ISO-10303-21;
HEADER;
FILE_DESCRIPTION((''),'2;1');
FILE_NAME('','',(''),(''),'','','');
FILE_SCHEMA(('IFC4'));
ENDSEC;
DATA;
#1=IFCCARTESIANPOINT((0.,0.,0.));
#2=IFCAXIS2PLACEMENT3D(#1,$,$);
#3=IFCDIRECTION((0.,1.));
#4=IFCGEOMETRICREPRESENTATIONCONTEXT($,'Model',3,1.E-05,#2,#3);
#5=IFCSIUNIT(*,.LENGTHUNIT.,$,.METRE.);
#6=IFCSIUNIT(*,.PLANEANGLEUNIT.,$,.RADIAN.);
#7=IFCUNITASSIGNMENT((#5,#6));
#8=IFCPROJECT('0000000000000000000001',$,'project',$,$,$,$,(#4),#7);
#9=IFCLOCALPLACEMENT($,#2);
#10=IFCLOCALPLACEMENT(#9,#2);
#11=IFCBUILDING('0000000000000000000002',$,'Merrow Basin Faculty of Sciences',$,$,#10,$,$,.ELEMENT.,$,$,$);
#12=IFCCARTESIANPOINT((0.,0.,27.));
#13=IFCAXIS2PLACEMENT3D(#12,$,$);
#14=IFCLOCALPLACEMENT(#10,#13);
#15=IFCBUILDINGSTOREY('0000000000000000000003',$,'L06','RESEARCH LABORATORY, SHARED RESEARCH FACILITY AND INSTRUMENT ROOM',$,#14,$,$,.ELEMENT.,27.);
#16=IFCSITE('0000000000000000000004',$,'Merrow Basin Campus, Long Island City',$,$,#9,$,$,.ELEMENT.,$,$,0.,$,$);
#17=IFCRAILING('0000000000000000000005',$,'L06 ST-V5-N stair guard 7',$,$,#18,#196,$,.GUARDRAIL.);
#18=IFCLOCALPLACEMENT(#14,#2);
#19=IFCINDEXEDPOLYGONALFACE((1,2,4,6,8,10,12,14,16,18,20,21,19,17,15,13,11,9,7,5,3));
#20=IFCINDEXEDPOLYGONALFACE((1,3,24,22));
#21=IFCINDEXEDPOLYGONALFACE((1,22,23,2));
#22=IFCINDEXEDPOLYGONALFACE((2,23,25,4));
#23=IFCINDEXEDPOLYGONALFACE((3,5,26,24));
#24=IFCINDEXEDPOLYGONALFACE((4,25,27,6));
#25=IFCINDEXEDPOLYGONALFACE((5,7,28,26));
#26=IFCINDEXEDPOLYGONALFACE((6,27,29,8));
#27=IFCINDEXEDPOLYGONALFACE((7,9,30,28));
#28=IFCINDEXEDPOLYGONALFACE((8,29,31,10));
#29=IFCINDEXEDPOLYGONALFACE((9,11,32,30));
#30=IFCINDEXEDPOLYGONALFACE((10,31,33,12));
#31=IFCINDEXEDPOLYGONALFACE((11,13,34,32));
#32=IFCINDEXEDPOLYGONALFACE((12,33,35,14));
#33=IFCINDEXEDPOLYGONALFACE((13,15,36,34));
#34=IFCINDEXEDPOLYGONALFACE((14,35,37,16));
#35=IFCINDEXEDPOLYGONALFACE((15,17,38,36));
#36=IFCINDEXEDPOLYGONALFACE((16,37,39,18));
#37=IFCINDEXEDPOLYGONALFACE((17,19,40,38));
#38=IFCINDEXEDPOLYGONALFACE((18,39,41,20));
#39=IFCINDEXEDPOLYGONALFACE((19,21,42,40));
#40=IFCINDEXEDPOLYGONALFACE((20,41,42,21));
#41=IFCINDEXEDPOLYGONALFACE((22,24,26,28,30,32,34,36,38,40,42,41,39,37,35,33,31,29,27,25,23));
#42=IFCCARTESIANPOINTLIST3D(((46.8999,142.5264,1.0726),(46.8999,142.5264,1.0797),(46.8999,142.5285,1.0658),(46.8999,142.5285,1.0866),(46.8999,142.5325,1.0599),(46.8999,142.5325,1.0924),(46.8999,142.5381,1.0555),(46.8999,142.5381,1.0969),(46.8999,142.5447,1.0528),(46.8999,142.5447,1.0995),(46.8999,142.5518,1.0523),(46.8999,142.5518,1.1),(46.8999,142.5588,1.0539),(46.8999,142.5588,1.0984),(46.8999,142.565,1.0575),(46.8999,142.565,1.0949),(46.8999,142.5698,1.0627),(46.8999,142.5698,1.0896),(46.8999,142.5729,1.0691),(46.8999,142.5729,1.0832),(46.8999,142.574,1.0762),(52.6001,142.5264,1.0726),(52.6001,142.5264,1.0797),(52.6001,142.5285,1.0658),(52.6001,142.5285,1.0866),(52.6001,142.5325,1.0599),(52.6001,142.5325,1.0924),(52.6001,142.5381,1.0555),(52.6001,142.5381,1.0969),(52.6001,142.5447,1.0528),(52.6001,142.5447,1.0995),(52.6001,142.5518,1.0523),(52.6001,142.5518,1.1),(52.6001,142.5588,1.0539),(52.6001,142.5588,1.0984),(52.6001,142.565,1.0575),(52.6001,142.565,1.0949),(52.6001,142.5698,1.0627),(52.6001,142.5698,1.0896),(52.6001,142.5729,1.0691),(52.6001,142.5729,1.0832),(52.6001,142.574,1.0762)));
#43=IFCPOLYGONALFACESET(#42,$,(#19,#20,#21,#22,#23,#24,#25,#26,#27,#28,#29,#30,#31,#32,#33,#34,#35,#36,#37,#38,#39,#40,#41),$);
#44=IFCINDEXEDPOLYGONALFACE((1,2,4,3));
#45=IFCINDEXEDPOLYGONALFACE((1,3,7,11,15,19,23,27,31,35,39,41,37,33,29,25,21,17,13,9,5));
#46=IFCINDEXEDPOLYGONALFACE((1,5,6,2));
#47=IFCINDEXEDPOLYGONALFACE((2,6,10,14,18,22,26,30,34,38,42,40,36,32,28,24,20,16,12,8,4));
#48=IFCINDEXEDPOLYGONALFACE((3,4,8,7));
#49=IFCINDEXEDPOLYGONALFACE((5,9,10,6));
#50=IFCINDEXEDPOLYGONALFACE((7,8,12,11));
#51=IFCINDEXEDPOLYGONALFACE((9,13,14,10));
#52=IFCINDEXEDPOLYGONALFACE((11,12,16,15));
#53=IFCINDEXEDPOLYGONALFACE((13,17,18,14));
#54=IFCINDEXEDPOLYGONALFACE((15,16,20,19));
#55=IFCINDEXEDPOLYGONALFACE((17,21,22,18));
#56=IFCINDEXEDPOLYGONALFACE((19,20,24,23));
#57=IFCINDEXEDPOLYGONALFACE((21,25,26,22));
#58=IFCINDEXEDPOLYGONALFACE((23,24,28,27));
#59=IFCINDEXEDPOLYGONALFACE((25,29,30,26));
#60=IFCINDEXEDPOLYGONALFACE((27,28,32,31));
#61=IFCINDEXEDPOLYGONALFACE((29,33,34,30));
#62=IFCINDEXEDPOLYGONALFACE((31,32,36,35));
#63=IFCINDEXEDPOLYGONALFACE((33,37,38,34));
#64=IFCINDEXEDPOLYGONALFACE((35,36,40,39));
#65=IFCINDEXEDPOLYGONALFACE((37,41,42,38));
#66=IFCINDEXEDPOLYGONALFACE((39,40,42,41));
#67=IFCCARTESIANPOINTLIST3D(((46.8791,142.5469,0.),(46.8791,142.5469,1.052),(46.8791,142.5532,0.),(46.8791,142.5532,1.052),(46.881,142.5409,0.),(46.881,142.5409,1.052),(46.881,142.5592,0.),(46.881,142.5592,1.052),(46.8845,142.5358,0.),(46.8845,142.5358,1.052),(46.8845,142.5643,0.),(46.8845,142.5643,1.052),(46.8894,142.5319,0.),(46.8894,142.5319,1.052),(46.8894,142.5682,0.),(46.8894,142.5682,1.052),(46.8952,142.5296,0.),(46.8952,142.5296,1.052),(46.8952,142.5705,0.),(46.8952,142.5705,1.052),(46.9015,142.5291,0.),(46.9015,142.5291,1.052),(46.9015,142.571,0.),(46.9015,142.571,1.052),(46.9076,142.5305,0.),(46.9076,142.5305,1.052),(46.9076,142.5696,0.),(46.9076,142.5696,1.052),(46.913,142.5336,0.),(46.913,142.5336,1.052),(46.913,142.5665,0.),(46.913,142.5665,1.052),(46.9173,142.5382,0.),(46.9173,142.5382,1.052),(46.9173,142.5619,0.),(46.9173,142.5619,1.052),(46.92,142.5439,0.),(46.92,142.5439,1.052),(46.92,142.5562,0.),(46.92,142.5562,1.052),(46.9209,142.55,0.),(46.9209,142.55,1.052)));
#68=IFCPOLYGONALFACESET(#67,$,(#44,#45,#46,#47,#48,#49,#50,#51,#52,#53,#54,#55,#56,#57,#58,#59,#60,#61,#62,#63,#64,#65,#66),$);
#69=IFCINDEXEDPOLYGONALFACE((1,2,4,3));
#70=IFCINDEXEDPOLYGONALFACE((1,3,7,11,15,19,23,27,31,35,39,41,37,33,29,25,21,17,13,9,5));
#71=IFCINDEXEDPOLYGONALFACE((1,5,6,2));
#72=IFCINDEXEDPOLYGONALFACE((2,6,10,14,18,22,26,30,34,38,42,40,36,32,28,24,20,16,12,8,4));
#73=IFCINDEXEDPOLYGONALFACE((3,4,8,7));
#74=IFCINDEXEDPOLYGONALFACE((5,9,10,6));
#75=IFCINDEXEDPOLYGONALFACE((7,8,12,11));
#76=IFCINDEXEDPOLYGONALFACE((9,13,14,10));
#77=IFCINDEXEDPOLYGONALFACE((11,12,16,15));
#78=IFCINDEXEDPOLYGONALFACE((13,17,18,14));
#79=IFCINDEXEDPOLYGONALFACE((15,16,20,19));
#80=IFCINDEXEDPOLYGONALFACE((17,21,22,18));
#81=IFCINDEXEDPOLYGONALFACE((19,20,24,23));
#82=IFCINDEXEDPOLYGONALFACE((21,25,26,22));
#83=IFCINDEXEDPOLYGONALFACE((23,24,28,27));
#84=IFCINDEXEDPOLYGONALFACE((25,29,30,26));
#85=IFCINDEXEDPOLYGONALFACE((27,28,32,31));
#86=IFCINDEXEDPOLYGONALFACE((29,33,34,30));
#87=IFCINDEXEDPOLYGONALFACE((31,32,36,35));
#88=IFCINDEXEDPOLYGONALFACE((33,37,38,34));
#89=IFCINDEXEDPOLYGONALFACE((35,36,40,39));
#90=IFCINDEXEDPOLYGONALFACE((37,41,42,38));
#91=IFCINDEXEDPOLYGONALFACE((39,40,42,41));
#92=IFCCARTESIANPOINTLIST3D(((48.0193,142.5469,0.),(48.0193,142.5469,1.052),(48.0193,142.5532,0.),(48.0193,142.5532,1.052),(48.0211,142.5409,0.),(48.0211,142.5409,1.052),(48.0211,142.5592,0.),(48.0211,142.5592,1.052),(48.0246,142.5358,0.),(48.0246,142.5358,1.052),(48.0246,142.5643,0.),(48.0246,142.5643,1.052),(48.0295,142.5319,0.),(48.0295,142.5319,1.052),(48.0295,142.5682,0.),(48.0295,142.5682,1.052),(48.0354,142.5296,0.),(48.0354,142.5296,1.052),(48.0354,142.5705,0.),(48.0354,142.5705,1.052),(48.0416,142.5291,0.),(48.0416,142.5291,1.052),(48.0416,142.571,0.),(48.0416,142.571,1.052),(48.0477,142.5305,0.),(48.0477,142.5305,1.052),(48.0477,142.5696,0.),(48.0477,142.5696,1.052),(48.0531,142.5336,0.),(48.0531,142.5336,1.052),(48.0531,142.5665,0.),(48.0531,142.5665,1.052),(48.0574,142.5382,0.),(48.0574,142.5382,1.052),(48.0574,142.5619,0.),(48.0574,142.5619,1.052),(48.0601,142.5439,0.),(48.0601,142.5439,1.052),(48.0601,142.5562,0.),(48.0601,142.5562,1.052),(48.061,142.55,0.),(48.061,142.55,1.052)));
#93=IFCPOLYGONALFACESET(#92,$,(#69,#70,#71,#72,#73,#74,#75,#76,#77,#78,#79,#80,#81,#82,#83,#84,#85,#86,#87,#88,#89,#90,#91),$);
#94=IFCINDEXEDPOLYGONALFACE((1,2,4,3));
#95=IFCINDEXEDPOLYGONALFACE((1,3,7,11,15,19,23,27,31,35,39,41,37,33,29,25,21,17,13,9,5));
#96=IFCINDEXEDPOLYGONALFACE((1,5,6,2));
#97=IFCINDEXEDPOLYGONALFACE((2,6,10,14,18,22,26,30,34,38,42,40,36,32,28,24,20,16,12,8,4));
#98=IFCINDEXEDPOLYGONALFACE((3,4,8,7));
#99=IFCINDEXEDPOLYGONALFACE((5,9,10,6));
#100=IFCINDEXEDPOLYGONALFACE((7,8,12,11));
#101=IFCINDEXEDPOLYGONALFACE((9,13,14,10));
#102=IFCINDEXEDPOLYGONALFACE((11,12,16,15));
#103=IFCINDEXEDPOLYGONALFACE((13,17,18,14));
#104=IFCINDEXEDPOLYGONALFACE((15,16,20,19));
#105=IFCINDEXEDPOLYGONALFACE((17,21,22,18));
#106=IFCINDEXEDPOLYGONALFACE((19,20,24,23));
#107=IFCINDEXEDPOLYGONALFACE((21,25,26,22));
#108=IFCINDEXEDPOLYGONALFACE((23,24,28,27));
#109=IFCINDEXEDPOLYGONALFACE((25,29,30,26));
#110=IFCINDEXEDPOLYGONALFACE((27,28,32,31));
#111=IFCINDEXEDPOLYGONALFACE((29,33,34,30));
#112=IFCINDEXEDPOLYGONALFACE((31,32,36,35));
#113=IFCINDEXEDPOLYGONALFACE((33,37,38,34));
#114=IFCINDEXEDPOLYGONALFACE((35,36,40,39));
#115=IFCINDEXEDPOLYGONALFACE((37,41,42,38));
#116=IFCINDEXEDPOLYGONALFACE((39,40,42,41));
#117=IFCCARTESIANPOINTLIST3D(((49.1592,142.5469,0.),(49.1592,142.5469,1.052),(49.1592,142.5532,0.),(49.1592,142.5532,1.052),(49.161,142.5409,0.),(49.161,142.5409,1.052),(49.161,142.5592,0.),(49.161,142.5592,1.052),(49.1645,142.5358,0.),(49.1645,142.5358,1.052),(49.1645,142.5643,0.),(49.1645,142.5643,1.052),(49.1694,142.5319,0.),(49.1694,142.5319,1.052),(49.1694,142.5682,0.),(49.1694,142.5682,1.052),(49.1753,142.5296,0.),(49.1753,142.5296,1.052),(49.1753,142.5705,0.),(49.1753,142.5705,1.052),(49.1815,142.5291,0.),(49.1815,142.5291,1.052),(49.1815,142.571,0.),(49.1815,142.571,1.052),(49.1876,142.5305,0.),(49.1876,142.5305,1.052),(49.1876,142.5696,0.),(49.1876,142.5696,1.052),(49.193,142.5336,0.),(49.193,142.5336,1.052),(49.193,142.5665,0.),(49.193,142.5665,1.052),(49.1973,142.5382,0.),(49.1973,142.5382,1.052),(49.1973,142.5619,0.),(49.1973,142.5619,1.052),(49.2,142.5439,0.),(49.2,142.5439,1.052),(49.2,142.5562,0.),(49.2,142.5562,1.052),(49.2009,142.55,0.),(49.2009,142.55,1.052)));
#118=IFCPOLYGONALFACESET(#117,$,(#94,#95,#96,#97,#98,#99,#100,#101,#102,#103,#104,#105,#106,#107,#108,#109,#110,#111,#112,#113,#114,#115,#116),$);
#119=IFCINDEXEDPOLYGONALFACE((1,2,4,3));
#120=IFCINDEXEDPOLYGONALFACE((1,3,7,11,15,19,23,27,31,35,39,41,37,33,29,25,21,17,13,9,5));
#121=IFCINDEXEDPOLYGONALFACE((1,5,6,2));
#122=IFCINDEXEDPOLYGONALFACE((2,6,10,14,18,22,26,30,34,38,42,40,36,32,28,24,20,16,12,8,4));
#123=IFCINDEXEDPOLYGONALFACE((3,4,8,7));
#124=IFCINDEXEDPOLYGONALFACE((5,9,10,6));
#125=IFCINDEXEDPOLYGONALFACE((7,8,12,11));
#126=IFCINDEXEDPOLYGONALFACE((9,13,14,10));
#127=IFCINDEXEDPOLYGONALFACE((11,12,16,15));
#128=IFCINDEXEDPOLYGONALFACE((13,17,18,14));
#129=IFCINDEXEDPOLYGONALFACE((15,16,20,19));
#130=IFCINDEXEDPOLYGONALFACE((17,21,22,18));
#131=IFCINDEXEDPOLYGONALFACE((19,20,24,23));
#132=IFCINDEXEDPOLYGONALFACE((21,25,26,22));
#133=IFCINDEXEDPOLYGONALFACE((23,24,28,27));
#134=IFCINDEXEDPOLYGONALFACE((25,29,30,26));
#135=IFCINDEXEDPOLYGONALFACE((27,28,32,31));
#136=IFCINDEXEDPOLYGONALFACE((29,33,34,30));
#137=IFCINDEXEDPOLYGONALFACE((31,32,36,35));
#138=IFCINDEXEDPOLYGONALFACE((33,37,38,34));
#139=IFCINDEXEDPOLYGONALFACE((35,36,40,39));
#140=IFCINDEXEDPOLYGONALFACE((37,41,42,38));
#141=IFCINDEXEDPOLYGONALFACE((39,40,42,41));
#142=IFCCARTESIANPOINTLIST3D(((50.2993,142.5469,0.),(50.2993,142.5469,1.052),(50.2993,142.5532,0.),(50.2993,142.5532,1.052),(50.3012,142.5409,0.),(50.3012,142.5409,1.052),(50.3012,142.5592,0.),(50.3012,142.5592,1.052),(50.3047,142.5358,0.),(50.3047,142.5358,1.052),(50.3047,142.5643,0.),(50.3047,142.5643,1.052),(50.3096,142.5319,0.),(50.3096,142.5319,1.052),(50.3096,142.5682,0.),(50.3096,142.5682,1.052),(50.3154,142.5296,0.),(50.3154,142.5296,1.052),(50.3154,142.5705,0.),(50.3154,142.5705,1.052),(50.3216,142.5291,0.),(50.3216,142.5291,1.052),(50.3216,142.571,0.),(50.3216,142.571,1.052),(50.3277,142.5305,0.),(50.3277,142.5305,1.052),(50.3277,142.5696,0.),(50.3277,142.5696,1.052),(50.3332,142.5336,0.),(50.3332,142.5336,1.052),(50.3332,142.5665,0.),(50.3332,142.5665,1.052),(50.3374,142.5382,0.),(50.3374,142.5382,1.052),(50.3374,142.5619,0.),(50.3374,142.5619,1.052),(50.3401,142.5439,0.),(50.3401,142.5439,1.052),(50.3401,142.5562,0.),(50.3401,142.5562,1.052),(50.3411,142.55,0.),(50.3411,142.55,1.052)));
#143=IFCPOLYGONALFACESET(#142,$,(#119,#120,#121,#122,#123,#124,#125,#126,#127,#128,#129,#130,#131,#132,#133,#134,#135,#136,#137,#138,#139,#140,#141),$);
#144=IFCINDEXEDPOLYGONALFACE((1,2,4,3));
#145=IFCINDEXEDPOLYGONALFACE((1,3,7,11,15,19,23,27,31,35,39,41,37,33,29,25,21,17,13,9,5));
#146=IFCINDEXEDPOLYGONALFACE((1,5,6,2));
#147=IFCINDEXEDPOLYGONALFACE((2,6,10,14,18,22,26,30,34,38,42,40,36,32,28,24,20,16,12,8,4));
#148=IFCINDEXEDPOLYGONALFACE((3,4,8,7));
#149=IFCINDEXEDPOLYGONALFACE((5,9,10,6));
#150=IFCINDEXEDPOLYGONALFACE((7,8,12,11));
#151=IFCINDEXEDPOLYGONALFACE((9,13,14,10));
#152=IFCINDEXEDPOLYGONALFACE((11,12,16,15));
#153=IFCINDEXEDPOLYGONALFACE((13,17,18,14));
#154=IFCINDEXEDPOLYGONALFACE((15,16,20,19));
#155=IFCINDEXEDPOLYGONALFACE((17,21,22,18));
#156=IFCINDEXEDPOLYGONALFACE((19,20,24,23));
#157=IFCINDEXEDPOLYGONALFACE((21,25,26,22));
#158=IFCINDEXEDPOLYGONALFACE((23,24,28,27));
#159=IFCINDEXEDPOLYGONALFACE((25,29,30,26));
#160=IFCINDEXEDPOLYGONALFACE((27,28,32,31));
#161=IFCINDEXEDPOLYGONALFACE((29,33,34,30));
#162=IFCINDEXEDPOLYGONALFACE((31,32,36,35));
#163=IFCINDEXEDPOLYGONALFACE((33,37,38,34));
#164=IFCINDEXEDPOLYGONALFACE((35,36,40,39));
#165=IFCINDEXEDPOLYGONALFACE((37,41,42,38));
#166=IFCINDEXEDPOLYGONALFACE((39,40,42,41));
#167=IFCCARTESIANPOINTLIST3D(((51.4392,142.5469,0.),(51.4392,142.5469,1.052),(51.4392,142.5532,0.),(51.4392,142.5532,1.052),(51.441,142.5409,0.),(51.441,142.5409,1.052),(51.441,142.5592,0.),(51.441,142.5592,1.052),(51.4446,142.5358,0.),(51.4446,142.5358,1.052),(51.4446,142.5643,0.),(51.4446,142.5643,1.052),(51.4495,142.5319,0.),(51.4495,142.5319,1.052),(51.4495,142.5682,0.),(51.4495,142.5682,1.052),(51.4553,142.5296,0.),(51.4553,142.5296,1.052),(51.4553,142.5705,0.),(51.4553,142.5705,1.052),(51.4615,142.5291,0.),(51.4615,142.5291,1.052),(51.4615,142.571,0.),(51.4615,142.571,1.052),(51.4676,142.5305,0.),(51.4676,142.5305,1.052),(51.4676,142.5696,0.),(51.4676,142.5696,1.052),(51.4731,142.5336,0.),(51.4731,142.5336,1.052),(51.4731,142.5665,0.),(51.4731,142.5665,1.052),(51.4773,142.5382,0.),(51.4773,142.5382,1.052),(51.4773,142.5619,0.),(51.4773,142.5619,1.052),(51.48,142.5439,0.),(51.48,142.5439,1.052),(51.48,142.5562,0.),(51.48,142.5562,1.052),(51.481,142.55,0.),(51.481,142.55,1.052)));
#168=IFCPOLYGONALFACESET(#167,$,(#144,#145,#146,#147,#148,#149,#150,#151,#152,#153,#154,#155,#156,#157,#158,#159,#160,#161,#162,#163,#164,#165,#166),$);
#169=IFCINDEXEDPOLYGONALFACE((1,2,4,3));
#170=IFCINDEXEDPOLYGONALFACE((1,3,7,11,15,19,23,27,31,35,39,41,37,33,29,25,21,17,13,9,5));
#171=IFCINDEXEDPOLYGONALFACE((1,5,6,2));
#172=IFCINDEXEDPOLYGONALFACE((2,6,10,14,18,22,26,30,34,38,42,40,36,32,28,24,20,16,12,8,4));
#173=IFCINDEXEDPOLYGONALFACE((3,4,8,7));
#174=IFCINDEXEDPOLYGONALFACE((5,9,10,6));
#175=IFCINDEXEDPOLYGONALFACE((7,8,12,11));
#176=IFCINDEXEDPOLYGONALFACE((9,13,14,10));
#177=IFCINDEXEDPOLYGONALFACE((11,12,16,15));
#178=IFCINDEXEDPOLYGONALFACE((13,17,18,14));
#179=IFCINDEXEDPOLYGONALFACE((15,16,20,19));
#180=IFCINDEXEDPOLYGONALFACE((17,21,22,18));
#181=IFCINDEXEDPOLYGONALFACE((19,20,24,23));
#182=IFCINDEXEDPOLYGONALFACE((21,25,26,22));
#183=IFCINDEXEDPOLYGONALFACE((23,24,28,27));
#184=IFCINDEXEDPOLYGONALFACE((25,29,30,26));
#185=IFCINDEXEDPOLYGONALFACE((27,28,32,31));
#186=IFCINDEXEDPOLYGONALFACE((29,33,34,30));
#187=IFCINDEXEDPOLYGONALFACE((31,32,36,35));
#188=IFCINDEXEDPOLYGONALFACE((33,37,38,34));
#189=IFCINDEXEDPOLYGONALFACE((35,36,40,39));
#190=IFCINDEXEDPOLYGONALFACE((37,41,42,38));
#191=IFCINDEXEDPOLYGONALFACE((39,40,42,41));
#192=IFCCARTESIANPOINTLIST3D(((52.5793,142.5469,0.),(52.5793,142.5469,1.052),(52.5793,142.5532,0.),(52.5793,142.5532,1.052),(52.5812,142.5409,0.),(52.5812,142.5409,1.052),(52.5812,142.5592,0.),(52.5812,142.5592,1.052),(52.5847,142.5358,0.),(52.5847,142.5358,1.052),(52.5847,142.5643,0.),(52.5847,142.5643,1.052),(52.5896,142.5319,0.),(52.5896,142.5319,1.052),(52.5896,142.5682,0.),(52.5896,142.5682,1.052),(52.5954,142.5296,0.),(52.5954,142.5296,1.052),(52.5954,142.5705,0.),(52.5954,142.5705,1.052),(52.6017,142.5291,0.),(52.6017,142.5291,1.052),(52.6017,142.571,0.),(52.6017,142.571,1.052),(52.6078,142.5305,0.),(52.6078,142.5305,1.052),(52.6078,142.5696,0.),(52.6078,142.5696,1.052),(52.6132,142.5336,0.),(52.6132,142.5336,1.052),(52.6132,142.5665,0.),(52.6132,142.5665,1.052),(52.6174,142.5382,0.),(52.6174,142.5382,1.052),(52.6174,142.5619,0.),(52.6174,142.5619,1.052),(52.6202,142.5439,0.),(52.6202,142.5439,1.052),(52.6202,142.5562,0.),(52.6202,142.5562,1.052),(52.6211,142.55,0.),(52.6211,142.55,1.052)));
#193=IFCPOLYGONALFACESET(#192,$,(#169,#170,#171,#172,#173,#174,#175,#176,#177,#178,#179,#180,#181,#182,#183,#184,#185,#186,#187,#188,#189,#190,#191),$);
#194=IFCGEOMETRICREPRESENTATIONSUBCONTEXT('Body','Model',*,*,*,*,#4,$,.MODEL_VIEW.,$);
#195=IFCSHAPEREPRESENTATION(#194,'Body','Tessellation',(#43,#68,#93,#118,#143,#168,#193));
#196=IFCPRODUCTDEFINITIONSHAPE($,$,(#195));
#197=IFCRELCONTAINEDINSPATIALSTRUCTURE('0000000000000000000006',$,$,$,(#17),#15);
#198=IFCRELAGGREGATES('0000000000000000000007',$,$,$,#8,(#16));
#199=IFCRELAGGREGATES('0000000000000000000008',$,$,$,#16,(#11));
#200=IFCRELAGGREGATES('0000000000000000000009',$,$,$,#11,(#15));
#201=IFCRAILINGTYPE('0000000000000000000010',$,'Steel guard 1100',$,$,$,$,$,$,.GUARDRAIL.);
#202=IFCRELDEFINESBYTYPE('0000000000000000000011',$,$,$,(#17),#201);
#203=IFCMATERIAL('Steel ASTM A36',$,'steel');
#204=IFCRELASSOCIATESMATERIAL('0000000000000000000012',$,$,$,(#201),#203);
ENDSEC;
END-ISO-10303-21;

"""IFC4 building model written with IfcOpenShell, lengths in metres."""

from ifc_helpers import new_model, si_unit, direction, frame, origin, origin_2d, place, context, subcontext, project, spatial, circle, extrude, material, type_object, element, save


model = new_model("IFC4")

# Units and contexts
model_context = context("Model", 3, precision=1e-05, world=origin(), true_north=direction((0.0, 1.0)))
body_context = subcontext(model_context, "Body", "Model", "MODEL_VIEW")
ifc_project = project(units=[si_unit("LENGTHUNIT", "METRE"), si_unit("PLANEANGLEUNIT", "RADIAN")], contexts=[model_context])

# Site, building, storey
site_placement = place(None, origin())
site = spatial("IfcSite", under=ifc_project, at=site_placement, Name="Merrow Basin Campus, Long Island City", CompositionType="ELEMENT", RefElevation=0.0)
building_placement = place(site_placement, origin())
building = spatial("IfcBuilding", under=site, at=building_placement, Name="Merrow Basin Faculty of Sciences", CompositionType="ELEMENT")
storey_placement = place(building_placement, frame((0.0, 0.0, 27.0)))
storey = spatial("IfcBuildingStorey", under=building, at=storey_placement, Name="L06", Description="RESEARCH LABORATORY, SHARED RESEARCH FACILITY AND INSTRUMENT ROOM", CompositionType="ELEMENT", Elevation=27.0)

# Railing
ifc_material_1 = material(Name="Steel ASTM A36", Category="steel")
railing_type_1 = type_object("IfcRailingType", Name="Steel guard 1100", PredefinedType="GUARDRAIL", material=ifc_material_1)
railing_1_placement = place(storey_placement, frame((46.8999, 142.55, 0.0)))
element("IfcRailing", 1, at=railing_1_placement, inside=storey, type_object=railing_type_1, Name="L06 ST-V5-N stair guard 7", PredefinedType="GUARDRAIL", context=body_context, shape_type="SweptSolid", body=[
    extrude(circle(Radius=0.0239, at=origin_2d()), frame((0.0, 0.0, 1.0762), z_axis=(1.0, 0.0, 0.0), x_axis=(0.0, 1.0, 0.0)), (0.0, 0.0, 1.0), 5.7002),
    extrude(circle(Radius=0.021, at=origin_2d()), origin(), (0.0, 0.0, 1.0), 1.052),
    extrude(circle(Radius=0.021, at=origin_2d()), frame((1.1401, 0.0, 0.0)), (0.0, 0.0, 1.0), 1.052),
    extrude(circle(Radius=0.021, at=origin_2d()), frame((2.28, 0.0, 0.0)), (0.0, 0.0, 1.0), 1.052),
    extrude(circle(Radius=0.021, at=origin_2d()), frame((3.4202, 0.0, 0.0)), (0.0, 0.0, 1.0), 1.052),
    extrude(circle(Radius=0.021, at=origin_2d()), frame((4.5601, 0.0, 0.0)), (0.0, 0.0, 1.0), 1.052),
    extrude(circle(Radius=0.021, at=origin_2d()), frame((5.7002, 0.0, 0.0)), (0.0, 0.0, 1.0), 1.052),
])

save(model, "model.ifc")
